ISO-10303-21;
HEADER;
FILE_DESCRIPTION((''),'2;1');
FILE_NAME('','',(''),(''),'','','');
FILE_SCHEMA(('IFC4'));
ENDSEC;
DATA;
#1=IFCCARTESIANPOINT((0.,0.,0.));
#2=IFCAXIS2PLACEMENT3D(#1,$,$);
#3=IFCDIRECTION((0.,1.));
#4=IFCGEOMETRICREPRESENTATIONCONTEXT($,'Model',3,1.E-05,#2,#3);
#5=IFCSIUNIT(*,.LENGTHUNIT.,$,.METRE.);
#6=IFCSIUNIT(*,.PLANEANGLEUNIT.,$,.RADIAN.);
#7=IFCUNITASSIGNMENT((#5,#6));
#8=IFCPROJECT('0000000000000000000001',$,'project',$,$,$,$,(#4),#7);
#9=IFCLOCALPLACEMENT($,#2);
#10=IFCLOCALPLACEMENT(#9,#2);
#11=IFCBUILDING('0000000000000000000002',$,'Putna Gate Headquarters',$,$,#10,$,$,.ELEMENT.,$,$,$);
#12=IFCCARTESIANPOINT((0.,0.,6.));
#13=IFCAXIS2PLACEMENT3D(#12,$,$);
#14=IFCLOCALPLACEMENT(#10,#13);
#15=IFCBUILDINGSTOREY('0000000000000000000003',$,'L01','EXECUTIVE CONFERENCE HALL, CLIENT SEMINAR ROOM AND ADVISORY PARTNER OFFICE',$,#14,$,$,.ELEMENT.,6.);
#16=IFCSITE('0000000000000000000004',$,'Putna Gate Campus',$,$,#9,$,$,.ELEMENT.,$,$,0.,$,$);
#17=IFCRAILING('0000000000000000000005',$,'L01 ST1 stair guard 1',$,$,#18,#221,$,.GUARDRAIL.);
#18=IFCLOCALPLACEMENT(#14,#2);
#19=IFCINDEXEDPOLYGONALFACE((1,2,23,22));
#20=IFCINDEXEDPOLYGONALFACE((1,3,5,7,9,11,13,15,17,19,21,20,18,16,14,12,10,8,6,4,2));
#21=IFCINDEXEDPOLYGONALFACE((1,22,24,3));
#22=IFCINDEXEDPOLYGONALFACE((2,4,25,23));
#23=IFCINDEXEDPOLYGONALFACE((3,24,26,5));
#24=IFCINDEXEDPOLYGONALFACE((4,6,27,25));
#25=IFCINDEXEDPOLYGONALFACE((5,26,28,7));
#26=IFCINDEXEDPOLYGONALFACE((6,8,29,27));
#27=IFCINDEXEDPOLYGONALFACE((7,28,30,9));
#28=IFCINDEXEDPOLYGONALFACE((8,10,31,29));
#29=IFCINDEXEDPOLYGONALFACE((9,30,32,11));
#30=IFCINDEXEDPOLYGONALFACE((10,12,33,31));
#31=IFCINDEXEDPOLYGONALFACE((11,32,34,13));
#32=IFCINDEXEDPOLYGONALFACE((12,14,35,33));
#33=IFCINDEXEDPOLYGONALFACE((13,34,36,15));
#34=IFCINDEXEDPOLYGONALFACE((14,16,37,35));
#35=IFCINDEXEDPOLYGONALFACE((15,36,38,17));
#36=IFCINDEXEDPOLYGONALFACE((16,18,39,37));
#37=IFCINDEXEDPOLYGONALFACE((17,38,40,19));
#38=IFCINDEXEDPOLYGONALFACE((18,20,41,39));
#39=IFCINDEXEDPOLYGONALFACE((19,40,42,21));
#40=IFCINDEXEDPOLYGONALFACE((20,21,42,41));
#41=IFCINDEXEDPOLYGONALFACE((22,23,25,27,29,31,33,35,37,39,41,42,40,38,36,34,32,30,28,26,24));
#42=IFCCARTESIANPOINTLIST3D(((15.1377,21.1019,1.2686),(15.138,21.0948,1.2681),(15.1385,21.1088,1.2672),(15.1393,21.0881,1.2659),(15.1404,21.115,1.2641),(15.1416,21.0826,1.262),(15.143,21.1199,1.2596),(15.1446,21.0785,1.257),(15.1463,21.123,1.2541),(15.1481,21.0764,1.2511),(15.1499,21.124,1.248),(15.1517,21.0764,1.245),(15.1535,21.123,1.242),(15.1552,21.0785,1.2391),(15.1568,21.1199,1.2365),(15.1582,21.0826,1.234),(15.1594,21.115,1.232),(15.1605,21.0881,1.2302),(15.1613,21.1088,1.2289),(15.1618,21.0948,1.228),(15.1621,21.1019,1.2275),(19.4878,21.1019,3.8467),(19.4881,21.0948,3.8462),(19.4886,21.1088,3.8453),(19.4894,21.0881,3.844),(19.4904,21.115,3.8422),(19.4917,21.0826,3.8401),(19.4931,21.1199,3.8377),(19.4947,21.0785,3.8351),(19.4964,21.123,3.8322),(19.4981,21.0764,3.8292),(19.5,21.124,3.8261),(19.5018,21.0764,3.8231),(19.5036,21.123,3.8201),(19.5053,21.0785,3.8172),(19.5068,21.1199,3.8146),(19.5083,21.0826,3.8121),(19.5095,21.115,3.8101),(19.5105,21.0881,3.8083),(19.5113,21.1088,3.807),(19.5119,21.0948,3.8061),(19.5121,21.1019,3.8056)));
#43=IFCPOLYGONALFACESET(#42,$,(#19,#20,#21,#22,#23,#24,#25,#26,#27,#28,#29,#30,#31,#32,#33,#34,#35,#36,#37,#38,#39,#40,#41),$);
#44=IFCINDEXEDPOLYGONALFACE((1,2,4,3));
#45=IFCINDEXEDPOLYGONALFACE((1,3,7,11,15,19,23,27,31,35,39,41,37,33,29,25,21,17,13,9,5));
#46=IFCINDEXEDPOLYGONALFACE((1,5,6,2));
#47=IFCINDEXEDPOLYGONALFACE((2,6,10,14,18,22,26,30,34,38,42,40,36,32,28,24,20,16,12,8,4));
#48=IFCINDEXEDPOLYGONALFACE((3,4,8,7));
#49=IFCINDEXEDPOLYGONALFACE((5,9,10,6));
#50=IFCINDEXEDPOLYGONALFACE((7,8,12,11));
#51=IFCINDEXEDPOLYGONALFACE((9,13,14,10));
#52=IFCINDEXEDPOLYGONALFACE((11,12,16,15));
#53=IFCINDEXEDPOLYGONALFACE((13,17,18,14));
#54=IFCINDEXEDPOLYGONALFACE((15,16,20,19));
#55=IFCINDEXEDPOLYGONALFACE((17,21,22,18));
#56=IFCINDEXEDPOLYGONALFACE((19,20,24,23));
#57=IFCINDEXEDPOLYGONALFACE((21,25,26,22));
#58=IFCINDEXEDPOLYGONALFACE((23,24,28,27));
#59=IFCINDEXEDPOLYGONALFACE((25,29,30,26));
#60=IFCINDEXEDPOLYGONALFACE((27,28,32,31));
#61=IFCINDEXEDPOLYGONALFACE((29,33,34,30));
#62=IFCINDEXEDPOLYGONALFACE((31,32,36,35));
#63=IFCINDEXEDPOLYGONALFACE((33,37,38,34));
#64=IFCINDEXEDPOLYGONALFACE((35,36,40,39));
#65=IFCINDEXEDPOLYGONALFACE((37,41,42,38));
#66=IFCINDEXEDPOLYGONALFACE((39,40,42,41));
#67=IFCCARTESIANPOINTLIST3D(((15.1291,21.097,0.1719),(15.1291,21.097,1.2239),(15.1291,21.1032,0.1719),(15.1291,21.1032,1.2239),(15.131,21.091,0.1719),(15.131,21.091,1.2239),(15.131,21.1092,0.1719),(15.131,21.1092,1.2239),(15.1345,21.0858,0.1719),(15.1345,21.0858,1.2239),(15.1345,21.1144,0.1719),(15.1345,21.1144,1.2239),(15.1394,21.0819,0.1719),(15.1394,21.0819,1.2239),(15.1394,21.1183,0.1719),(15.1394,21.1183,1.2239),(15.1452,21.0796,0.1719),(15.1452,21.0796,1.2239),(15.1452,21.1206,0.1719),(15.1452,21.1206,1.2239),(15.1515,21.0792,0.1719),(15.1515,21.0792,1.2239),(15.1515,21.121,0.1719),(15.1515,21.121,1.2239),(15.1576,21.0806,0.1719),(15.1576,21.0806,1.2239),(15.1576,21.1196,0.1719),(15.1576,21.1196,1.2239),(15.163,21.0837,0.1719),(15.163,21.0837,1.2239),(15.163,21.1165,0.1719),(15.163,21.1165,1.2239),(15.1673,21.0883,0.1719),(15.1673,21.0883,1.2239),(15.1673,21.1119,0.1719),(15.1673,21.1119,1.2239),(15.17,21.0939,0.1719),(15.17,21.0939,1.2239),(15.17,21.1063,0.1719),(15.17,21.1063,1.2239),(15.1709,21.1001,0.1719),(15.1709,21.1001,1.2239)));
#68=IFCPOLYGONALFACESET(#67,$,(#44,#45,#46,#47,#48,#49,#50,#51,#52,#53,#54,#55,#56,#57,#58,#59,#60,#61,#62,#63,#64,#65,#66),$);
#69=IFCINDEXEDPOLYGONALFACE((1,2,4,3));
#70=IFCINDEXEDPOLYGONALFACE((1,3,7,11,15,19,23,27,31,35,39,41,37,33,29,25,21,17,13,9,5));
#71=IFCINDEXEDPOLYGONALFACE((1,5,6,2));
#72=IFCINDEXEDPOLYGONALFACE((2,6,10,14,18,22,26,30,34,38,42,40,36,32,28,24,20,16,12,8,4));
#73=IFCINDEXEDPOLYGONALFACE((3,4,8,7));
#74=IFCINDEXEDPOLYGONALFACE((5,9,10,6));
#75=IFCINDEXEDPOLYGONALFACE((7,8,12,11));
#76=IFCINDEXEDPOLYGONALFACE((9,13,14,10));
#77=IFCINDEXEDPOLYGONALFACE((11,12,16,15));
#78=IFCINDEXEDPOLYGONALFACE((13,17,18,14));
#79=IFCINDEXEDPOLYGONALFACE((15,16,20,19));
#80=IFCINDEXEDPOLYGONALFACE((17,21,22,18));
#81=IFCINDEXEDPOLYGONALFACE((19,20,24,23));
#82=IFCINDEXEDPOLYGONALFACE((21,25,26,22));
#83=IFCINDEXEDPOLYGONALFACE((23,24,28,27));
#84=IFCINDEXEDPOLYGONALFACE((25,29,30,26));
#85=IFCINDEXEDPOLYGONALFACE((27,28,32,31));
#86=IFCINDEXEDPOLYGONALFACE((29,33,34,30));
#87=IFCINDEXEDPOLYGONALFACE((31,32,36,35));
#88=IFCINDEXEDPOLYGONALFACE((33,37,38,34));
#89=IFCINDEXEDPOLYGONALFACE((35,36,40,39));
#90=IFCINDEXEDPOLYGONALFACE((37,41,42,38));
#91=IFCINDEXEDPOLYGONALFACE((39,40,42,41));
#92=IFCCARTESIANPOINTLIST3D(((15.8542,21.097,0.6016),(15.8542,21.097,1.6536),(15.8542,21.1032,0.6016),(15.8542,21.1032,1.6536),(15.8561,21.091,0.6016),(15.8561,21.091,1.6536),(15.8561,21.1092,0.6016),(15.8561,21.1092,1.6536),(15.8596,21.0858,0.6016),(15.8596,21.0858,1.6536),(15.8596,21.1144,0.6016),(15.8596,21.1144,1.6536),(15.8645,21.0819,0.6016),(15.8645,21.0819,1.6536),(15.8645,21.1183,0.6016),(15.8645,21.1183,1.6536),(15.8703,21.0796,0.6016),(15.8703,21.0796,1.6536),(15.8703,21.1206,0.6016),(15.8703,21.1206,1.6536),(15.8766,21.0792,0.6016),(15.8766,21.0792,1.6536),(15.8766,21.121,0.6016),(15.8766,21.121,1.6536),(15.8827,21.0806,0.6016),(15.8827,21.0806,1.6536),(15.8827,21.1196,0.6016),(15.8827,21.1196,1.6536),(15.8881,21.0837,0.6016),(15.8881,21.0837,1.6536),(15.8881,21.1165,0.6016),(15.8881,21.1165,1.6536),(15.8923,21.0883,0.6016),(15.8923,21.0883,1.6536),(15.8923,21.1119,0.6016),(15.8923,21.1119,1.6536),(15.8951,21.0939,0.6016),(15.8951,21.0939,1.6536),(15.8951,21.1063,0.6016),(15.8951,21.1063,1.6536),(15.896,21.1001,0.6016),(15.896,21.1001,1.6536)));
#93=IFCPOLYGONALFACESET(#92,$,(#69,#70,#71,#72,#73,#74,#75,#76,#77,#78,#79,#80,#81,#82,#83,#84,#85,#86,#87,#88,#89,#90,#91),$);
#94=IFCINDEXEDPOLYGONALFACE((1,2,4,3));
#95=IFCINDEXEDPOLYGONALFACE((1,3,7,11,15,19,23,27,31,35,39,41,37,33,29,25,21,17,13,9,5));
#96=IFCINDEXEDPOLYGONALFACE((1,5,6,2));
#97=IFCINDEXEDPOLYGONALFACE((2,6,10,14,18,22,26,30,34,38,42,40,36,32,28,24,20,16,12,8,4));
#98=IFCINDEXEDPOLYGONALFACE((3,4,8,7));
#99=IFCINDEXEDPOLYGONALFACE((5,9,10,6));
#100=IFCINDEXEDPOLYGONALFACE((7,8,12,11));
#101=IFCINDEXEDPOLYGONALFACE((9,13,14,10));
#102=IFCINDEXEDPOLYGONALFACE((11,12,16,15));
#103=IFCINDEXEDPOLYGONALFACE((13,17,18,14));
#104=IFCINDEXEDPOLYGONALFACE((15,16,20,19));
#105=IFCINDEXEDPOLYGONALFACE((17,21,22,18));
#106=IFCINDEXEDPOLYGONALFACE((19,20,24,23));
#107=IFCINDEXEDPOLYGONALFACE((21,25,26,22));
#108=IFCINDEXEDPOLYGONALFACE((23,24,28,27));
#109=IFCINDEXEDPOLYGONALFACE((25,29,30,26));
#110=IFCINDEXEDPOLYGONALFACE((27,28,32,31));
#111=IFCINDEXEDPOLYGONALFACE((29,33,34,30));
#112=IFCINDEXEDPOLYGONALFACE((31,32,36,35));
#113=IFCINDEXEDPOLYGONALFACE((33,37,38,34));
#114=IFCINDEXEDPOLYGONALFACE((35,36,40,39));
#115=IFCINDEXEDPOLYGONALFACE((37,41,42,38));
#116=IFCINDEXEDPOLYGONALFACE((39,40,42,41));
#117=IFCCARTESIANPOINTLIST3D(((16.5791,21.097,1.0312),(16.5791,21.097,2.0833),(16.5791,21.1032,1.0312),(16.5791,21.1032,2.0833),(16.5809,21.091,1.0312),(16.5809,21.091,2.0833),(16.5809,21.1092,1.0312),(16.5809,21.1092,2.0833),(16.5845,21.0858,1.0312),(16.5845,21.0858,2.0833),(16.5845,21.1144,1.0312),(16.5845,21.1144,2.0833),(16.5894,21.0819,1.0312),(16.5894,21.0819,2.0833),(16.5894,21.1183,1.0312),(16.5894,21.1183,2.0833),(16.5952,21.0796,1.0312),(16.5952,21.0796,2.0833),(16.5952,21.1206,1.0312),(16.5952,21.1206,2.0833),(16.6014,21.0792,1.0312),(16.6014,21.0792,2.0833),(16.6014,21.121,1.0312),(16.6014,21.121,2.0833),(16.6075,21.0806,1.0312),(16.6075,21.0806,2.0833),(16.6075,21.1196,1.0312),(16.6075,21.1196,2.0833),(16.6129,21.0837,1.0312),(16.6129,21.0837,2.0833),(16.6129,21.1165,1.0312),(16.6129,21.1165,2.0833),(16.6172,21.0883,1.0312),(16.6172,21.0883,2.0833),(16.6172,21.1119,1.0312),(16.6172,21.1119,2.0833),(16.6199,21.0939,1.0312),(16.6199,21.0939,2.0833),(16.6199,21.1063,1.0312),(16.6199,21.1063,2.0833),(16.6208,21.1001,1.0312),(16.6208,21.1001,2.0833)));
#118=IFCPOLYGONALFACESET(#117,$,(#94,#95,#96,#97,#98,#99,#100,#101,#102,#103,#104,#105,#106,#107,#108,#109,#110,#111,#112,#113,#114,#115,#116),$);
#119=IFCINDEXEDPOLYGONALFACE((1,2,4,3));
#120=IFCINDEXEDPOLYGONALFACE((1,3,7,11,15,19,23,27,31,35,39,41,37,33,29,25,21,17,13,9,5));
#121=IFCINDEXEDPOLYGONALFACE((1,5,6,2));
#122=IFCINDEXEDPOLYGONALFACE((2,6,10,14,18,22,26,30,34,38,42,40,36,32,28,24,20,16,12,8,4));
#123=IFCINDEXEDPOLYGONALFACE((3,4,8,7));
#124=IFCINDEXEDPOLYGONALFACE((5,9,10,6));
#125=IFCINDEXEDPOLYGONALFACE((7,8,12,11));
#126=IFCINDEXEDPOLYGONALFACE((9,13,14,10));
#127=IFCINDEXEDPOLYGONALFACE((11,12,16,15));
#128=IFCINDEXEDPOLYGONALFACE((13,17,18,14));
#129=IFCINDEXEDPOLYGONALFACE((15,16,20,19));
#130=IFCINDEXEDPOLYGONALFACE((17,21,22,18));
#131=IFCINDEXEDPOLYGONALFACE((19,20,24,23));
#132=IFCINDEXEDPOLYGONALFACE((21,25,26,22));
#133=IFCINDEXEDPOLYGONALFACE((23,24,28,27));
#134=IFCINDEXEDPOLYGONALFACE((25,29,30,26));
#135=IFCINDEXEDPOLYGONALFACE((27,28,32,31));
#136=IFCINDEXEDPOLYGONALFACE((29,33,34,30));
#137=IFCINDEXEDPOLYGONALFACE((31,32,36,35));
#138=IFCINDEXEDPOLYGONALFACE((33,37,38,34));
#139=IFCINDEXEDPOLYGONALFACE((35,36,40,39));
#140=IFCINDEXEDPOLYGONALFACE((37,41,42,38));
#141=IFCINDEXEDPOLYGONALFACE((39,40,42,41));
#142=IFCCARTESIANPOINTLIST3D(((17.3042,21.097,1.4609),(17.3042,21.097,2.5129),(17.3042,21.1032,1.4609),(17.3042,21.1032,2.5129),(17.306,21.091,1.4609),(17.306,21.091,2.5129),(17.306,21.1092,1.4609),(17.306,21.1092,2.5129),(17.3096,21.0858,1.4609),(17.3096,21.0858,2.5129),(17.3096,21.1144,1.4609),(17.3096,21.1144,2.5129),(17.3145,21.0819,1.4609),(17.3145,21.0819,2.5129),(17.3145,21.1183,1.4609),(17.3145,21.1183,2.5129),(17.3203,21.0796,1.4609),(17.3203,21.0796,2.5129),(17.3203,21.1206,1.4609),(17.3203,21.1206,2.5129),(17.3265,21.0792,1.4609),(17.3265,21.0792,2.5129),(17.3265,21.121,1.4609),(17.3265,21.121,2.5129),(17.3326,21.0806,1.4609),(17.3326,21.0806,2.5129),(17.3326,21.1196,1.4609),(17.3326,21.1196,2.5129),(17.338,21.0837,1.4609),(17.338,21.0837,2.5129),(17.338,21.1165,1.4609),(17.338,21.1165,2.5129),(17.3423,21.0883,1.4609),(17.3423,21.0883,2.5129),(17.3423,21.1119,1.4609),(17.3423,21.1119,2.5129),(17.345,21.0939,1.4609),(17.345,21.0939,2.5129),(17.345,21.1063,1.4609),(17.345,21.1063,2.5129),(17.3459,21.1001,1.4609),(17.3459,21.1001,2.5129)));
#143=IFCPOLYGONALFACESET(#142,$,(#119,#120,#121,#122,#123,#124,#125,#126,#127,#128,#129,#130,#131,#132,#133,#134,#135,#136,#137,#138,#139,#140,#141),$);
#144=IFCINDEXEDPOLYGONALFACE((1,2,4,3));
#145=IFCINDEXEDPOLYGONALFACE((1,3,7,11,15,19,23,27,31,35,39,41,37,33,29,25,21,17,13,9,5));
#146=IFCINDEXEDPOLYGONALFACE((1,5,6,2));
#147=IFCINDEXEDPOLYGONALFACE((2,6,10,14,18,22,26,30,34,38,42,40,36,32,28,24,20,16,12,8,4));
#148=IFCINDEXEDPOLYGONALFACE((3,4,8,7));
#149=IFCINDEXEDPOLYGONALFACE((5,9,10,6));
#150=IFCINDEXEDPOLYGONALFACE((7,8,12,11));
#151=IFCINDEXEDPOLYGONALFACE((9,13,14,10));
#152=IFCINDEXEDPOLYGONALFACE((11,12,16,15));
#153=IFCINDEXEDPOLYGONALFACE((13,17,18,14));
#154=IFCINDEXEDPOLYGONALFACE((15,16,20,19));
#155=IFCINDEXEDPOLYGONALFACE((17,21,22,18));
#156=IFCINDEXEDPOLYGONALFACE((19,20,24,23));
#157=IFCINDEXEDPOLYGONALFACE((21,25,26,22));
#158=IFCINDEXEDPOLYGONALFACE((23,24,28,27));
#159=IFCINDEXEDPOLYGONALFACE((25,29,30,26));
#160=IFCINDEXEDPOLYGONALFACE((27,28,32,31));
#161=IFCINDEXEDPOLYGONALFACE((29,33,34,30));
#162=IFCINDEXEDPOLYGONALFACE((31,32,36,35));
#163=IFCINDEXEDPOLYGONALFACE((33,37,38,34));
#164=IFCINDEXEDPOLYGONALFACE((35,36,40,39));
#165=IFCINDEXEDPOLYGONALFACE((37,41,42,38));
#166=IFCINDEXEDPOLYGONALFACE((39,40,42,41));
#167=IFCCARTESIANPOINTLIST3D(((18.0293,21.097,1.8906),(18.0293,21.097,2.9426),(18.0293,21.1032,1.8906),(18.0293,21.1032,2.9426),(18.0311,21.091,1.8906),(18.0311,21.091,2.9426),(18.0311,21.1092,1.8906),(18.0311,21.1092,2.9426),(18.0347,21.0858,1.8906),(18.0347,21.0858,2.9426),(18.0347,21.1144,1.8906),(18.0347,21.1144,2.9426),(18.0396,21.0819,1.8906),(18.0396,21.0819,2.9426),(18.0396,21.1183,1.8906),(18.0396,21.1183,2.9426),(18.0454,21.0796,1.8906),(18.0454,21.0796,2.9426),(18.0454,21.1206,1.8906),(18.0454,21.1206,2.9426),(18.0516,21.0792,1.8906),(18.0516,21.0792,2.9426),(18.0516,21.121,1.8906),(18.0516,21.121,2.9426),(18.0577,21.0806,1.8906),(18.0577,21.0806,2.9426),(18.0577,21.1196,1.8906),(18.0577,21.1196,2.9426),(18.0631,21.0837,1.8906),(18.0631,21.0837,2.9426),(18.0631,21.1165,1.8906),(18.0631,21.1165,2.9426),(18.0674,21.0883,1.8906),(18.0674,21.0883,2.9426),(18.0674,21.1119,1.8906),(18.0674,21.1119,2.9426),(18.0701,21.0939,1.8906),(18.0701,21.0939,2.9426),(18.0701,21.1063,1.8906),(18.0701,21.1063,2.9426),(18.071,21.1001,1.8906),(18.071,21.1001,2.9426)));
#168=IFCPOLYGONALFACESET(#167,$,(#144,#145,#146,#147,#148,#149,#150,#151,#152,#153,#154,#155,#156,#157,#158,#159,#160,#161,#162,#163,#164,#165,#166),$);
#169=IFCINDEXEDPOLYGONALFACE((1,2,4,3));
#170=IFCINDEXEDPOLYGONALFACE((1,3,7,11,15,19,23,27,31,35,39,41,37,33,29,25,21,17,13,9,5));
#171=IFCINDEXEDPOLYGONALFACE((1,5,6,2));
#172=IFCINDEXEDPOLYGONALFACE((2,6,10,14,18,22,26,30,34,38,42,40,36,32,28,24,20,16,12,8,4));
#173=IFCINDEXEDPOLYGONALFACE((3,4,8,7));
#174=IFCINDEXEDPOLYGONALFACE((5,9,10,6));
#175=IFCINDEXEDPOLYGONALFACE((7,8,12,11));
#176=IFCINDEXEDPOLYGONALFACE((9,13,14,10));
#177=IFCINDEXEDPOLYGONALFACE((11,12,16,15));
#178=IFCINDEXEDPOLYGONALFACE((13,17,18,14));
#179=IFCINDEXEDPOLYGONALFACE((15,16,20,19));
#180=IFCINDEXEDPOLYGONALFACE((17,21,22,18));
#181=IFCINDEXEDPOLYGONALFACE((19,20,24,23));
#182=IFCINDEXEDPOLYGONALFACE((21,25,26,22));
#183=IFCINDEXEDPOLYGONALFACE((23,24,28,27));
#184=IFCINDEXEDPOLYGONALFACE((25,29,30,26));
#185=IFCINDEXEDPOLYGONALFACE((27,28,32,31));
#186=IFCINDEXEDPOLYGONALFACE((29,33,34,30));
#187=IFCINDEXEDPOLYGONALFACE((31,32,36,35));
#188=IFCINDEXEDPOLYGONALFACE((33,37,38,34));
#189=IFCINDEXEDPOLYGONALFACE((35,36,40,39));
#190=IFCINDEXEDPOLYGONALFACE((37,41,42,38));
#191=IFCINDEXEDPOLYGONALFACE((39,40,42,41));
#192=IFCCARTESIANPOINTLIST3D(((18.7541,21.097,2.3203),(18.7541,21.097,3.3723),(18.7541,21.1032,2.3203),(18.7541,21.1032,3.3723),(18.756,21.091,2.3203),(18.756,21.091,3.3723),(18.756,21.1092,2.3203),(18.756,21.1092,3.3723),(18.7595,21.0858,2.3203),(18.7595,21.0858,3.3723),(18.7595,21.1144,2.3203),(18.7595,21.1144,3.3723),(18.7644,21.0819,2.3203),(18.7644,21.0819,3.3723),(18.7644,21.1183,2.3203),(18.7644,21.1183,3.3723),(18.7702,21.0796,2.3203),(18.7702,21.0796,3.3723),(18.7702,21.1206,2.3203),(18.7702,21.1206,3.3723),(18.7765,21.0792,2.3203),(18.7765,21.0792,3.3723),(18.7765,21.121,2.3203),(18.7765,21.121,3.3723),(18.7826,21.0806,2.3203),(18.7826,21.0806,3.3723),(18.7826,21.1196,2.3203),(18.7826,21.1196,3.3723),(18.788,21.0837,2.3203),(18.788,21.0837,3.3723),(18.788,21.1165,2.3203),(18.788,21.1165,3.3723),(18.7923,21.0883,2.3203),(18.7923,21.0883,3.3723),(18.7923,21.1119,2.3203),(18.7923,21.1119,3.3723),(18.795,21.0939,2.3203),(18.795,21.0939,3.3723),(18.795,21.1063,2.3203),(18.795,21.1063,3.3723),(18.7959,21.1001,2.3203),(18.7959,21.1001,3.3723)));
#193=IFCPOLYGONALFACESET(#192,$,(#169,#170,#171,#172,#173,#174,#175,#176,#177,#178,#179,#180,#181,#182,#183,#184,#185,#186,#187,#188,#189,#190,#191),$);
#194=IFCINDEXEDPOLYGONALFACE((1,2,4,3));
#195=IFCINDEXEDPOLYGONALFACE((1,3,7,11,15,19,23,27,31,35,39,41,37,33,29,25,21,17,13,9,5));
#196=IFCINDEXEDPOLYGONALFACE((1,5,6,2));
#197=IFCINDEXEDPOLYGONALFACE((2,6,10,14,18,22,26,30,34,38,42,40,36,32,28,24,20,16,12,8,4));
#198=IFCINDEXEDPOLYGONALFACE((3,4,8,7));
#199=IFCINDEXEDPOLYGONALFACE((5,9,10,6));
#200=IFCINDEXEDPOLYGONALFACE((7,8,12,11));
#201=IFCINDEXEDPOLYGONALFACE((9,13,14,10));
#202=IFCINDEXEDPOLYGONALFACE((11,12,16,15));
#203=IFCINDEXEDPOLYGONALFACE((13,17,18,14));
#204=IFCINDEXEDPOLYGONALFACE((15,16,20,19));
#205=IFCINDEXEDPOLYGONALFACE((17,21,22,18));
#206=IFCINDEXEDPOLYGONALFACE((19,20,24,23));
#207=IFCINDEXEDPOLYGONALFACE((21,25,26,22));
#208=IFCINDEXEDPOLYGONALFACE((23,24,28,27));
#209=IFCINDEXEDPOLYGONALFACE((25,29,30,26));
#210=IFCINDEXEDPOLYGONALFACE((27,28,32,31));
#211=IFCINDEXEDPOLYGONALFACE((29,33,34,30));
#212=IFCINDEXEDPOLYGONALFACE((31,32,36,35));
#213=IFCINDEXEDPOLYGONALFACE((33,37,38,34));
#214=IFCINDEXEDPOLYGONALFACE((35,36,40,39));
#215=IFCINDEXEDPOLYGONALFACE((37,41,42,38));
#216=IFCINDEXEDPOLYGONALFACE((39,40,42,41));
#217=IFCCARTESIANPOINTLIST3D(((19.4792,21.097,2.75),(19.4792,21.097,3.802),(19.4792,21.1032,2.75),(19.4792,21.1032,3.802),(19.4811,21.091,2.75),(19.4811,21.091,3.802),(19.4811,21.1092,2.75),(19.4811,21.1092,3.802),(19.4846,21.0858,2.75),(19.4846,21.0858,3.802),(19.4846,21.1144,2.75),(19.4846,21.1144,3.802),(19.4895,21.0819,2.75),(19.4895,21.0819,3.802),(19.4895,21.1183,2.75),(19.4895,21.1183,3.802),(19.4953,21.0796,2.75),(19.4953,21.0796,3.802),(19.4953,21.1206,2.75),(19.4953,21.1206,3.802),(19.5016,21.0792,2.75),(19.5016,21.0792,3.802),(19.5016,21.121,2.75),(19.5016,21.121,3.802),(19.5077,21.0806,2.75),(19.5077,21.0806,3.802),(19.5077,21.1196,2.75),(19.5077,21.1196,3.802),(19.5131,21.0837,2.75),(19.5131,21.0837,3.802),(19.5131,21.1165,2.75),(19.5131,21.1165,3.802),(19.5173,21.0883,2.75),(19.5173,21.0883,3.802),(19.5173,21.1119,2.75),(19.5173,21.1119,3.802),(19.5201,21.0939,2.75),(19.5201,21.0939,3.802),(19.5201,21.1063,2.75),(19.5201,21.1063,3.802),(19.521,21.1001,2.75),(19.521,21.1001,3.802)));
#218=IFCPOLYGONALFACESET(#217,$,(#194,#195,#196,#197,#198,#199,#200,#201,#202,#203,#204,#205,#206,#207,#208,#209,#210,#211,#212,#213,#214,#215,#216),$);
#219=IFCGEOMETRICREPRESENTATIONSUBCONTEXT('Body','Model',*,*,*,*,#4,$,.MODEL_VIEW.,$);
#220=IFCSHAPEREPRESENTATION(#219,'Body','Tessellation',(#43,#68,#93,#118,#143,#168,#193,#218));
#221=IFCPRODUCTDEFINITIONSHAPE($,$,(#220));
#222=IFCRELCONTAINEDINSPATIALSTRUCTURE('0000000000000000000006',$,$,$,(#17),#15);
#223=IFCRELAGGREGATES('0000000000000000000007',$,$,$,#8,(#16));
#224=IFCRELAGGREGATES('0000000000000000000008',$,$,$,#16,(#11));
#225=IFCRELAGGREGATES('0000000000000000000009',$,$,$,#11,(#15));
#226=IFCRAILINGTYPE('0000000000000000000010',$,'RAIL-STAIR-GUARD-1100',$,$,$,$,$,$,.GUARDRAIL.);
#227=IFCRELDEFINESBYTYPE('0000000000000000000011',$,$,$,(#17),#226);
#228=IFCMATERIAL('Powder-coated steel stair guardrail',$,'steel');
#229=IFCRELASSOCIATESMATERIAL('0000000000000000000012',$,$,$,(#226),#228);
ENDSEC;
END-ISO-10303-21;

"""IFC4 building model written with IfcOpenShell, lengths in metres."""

from ifc_helpers import new_model, si_unit, direction, frame, origin, origin_2d, place, context, subcontext, project, spatial, circle, extrude, material, type_object, element, save


model = new_model("IFC4")

# Units and contexts
model_context = context("Model", 3, precision=1e-05, world=origin(), true_north=direction((0.0, 1.0)))
body_context = subcontext(model_context, "Body", "Model", "MODEL_VIEW")
ifc_project = project(units=[si_unit("LENGTHUNIT", "METRE"), si_unit("PLANEANGLEUNIT", "RADIAN")], contexts=[model_context])

# Site, building, storey
site_placement = place(None, origin())
site = spatial("IfcSite", under=ifc_project, at=site_placement, Name="Putna Gate Campus", CompositionType="ELEMENT", RefElevation=0.0)
building_placement = place(site_placement, origin())
building = spatial("IfcBuilding", under=site, at=building_placement, Name="Putna Gate Headquarters", CompositionType="ELEMENT")
storey_placement = place(building_placement, frame((0.0, 0.0, 6.0)))
storey = spatial("IfcBuildingStorey", under=building, at=storey_placement, Name="L01", Description="EXECUTIVE CONFERENCE HALL, CLIENT SEMINAR ROOM AND ADVISORY PARTNER OFFICE", CompositionType="ELEMENT", Elevation=6.0)

# Railing
ifc_material_1 = material(Name="Powder-coated steel stair guardrail", Category="steel")
railing_type = type_object("IfcRailingType", Name="RAIL-STAIR-GUARD-1100", PredefinedType="GUARDRAIL", material=ifc_material_1)
railing_1_placement = place(storey_placement, frame((15.1499, 21.1001, 0.1719)))
element("IfcRailing", 1, at=railing_1_placement, inside=storey, type_object=railing_type, Name="L01 ST1 stair guard 1", PredefinedType="GUARDRAIL", context=body_context, shape_type="SweptSolid", body=[
    extrude(circle(Radius=0.0239, at=origin_2d()), frame((0.0, 0.0, 1.0762), z_axis=(0.860266, 0.0, 0.509845), x_axis=(0.0, 1.0, 0.0)), (0.0, 0.0, 1.0), 5.0566),
    extrude(circle(Radius=0.021, at=origin_2d()), origin(), (0.0, 0.0, 1.0), 1.052),
    extrude(circle(Radius=0.021, at=origin_2d()), frame((0.7251, 0.0, 0.4297)), (0.0, 0.0, 1.0), 1.052),
    extrude(circle(Radius=0.021, at=origin_2d()), frame((1.45, 0.0, 0.8594)), (0.0, 0.0, 1.0), 1.052),
    extrude(circle(Radius=0.021, at=origin_2d()), frame((2.175, 0.0, 1.2891)), (0.0, 0.0, 1.0), 1.052),
    extrude(circle(Radius=0.021, at=origin_2d()), frame((2.9001, 0.0, 1.7188)), (0.0, 0.0, 1.0), 1.052),
    extrude(circle(Radius=0.021, at=origin_2d()), frame((3.625, 0.0, 2.1484)), (0.0, 0.0, 1.0), 1.052),
    extrude(circle(Radius=0.021, at=origin_2d()), frame((4.3501, 0.0, 2.5781)), (0.0, 0.0, 1.0), 1.052),
])

save(model, "model.ifc")
